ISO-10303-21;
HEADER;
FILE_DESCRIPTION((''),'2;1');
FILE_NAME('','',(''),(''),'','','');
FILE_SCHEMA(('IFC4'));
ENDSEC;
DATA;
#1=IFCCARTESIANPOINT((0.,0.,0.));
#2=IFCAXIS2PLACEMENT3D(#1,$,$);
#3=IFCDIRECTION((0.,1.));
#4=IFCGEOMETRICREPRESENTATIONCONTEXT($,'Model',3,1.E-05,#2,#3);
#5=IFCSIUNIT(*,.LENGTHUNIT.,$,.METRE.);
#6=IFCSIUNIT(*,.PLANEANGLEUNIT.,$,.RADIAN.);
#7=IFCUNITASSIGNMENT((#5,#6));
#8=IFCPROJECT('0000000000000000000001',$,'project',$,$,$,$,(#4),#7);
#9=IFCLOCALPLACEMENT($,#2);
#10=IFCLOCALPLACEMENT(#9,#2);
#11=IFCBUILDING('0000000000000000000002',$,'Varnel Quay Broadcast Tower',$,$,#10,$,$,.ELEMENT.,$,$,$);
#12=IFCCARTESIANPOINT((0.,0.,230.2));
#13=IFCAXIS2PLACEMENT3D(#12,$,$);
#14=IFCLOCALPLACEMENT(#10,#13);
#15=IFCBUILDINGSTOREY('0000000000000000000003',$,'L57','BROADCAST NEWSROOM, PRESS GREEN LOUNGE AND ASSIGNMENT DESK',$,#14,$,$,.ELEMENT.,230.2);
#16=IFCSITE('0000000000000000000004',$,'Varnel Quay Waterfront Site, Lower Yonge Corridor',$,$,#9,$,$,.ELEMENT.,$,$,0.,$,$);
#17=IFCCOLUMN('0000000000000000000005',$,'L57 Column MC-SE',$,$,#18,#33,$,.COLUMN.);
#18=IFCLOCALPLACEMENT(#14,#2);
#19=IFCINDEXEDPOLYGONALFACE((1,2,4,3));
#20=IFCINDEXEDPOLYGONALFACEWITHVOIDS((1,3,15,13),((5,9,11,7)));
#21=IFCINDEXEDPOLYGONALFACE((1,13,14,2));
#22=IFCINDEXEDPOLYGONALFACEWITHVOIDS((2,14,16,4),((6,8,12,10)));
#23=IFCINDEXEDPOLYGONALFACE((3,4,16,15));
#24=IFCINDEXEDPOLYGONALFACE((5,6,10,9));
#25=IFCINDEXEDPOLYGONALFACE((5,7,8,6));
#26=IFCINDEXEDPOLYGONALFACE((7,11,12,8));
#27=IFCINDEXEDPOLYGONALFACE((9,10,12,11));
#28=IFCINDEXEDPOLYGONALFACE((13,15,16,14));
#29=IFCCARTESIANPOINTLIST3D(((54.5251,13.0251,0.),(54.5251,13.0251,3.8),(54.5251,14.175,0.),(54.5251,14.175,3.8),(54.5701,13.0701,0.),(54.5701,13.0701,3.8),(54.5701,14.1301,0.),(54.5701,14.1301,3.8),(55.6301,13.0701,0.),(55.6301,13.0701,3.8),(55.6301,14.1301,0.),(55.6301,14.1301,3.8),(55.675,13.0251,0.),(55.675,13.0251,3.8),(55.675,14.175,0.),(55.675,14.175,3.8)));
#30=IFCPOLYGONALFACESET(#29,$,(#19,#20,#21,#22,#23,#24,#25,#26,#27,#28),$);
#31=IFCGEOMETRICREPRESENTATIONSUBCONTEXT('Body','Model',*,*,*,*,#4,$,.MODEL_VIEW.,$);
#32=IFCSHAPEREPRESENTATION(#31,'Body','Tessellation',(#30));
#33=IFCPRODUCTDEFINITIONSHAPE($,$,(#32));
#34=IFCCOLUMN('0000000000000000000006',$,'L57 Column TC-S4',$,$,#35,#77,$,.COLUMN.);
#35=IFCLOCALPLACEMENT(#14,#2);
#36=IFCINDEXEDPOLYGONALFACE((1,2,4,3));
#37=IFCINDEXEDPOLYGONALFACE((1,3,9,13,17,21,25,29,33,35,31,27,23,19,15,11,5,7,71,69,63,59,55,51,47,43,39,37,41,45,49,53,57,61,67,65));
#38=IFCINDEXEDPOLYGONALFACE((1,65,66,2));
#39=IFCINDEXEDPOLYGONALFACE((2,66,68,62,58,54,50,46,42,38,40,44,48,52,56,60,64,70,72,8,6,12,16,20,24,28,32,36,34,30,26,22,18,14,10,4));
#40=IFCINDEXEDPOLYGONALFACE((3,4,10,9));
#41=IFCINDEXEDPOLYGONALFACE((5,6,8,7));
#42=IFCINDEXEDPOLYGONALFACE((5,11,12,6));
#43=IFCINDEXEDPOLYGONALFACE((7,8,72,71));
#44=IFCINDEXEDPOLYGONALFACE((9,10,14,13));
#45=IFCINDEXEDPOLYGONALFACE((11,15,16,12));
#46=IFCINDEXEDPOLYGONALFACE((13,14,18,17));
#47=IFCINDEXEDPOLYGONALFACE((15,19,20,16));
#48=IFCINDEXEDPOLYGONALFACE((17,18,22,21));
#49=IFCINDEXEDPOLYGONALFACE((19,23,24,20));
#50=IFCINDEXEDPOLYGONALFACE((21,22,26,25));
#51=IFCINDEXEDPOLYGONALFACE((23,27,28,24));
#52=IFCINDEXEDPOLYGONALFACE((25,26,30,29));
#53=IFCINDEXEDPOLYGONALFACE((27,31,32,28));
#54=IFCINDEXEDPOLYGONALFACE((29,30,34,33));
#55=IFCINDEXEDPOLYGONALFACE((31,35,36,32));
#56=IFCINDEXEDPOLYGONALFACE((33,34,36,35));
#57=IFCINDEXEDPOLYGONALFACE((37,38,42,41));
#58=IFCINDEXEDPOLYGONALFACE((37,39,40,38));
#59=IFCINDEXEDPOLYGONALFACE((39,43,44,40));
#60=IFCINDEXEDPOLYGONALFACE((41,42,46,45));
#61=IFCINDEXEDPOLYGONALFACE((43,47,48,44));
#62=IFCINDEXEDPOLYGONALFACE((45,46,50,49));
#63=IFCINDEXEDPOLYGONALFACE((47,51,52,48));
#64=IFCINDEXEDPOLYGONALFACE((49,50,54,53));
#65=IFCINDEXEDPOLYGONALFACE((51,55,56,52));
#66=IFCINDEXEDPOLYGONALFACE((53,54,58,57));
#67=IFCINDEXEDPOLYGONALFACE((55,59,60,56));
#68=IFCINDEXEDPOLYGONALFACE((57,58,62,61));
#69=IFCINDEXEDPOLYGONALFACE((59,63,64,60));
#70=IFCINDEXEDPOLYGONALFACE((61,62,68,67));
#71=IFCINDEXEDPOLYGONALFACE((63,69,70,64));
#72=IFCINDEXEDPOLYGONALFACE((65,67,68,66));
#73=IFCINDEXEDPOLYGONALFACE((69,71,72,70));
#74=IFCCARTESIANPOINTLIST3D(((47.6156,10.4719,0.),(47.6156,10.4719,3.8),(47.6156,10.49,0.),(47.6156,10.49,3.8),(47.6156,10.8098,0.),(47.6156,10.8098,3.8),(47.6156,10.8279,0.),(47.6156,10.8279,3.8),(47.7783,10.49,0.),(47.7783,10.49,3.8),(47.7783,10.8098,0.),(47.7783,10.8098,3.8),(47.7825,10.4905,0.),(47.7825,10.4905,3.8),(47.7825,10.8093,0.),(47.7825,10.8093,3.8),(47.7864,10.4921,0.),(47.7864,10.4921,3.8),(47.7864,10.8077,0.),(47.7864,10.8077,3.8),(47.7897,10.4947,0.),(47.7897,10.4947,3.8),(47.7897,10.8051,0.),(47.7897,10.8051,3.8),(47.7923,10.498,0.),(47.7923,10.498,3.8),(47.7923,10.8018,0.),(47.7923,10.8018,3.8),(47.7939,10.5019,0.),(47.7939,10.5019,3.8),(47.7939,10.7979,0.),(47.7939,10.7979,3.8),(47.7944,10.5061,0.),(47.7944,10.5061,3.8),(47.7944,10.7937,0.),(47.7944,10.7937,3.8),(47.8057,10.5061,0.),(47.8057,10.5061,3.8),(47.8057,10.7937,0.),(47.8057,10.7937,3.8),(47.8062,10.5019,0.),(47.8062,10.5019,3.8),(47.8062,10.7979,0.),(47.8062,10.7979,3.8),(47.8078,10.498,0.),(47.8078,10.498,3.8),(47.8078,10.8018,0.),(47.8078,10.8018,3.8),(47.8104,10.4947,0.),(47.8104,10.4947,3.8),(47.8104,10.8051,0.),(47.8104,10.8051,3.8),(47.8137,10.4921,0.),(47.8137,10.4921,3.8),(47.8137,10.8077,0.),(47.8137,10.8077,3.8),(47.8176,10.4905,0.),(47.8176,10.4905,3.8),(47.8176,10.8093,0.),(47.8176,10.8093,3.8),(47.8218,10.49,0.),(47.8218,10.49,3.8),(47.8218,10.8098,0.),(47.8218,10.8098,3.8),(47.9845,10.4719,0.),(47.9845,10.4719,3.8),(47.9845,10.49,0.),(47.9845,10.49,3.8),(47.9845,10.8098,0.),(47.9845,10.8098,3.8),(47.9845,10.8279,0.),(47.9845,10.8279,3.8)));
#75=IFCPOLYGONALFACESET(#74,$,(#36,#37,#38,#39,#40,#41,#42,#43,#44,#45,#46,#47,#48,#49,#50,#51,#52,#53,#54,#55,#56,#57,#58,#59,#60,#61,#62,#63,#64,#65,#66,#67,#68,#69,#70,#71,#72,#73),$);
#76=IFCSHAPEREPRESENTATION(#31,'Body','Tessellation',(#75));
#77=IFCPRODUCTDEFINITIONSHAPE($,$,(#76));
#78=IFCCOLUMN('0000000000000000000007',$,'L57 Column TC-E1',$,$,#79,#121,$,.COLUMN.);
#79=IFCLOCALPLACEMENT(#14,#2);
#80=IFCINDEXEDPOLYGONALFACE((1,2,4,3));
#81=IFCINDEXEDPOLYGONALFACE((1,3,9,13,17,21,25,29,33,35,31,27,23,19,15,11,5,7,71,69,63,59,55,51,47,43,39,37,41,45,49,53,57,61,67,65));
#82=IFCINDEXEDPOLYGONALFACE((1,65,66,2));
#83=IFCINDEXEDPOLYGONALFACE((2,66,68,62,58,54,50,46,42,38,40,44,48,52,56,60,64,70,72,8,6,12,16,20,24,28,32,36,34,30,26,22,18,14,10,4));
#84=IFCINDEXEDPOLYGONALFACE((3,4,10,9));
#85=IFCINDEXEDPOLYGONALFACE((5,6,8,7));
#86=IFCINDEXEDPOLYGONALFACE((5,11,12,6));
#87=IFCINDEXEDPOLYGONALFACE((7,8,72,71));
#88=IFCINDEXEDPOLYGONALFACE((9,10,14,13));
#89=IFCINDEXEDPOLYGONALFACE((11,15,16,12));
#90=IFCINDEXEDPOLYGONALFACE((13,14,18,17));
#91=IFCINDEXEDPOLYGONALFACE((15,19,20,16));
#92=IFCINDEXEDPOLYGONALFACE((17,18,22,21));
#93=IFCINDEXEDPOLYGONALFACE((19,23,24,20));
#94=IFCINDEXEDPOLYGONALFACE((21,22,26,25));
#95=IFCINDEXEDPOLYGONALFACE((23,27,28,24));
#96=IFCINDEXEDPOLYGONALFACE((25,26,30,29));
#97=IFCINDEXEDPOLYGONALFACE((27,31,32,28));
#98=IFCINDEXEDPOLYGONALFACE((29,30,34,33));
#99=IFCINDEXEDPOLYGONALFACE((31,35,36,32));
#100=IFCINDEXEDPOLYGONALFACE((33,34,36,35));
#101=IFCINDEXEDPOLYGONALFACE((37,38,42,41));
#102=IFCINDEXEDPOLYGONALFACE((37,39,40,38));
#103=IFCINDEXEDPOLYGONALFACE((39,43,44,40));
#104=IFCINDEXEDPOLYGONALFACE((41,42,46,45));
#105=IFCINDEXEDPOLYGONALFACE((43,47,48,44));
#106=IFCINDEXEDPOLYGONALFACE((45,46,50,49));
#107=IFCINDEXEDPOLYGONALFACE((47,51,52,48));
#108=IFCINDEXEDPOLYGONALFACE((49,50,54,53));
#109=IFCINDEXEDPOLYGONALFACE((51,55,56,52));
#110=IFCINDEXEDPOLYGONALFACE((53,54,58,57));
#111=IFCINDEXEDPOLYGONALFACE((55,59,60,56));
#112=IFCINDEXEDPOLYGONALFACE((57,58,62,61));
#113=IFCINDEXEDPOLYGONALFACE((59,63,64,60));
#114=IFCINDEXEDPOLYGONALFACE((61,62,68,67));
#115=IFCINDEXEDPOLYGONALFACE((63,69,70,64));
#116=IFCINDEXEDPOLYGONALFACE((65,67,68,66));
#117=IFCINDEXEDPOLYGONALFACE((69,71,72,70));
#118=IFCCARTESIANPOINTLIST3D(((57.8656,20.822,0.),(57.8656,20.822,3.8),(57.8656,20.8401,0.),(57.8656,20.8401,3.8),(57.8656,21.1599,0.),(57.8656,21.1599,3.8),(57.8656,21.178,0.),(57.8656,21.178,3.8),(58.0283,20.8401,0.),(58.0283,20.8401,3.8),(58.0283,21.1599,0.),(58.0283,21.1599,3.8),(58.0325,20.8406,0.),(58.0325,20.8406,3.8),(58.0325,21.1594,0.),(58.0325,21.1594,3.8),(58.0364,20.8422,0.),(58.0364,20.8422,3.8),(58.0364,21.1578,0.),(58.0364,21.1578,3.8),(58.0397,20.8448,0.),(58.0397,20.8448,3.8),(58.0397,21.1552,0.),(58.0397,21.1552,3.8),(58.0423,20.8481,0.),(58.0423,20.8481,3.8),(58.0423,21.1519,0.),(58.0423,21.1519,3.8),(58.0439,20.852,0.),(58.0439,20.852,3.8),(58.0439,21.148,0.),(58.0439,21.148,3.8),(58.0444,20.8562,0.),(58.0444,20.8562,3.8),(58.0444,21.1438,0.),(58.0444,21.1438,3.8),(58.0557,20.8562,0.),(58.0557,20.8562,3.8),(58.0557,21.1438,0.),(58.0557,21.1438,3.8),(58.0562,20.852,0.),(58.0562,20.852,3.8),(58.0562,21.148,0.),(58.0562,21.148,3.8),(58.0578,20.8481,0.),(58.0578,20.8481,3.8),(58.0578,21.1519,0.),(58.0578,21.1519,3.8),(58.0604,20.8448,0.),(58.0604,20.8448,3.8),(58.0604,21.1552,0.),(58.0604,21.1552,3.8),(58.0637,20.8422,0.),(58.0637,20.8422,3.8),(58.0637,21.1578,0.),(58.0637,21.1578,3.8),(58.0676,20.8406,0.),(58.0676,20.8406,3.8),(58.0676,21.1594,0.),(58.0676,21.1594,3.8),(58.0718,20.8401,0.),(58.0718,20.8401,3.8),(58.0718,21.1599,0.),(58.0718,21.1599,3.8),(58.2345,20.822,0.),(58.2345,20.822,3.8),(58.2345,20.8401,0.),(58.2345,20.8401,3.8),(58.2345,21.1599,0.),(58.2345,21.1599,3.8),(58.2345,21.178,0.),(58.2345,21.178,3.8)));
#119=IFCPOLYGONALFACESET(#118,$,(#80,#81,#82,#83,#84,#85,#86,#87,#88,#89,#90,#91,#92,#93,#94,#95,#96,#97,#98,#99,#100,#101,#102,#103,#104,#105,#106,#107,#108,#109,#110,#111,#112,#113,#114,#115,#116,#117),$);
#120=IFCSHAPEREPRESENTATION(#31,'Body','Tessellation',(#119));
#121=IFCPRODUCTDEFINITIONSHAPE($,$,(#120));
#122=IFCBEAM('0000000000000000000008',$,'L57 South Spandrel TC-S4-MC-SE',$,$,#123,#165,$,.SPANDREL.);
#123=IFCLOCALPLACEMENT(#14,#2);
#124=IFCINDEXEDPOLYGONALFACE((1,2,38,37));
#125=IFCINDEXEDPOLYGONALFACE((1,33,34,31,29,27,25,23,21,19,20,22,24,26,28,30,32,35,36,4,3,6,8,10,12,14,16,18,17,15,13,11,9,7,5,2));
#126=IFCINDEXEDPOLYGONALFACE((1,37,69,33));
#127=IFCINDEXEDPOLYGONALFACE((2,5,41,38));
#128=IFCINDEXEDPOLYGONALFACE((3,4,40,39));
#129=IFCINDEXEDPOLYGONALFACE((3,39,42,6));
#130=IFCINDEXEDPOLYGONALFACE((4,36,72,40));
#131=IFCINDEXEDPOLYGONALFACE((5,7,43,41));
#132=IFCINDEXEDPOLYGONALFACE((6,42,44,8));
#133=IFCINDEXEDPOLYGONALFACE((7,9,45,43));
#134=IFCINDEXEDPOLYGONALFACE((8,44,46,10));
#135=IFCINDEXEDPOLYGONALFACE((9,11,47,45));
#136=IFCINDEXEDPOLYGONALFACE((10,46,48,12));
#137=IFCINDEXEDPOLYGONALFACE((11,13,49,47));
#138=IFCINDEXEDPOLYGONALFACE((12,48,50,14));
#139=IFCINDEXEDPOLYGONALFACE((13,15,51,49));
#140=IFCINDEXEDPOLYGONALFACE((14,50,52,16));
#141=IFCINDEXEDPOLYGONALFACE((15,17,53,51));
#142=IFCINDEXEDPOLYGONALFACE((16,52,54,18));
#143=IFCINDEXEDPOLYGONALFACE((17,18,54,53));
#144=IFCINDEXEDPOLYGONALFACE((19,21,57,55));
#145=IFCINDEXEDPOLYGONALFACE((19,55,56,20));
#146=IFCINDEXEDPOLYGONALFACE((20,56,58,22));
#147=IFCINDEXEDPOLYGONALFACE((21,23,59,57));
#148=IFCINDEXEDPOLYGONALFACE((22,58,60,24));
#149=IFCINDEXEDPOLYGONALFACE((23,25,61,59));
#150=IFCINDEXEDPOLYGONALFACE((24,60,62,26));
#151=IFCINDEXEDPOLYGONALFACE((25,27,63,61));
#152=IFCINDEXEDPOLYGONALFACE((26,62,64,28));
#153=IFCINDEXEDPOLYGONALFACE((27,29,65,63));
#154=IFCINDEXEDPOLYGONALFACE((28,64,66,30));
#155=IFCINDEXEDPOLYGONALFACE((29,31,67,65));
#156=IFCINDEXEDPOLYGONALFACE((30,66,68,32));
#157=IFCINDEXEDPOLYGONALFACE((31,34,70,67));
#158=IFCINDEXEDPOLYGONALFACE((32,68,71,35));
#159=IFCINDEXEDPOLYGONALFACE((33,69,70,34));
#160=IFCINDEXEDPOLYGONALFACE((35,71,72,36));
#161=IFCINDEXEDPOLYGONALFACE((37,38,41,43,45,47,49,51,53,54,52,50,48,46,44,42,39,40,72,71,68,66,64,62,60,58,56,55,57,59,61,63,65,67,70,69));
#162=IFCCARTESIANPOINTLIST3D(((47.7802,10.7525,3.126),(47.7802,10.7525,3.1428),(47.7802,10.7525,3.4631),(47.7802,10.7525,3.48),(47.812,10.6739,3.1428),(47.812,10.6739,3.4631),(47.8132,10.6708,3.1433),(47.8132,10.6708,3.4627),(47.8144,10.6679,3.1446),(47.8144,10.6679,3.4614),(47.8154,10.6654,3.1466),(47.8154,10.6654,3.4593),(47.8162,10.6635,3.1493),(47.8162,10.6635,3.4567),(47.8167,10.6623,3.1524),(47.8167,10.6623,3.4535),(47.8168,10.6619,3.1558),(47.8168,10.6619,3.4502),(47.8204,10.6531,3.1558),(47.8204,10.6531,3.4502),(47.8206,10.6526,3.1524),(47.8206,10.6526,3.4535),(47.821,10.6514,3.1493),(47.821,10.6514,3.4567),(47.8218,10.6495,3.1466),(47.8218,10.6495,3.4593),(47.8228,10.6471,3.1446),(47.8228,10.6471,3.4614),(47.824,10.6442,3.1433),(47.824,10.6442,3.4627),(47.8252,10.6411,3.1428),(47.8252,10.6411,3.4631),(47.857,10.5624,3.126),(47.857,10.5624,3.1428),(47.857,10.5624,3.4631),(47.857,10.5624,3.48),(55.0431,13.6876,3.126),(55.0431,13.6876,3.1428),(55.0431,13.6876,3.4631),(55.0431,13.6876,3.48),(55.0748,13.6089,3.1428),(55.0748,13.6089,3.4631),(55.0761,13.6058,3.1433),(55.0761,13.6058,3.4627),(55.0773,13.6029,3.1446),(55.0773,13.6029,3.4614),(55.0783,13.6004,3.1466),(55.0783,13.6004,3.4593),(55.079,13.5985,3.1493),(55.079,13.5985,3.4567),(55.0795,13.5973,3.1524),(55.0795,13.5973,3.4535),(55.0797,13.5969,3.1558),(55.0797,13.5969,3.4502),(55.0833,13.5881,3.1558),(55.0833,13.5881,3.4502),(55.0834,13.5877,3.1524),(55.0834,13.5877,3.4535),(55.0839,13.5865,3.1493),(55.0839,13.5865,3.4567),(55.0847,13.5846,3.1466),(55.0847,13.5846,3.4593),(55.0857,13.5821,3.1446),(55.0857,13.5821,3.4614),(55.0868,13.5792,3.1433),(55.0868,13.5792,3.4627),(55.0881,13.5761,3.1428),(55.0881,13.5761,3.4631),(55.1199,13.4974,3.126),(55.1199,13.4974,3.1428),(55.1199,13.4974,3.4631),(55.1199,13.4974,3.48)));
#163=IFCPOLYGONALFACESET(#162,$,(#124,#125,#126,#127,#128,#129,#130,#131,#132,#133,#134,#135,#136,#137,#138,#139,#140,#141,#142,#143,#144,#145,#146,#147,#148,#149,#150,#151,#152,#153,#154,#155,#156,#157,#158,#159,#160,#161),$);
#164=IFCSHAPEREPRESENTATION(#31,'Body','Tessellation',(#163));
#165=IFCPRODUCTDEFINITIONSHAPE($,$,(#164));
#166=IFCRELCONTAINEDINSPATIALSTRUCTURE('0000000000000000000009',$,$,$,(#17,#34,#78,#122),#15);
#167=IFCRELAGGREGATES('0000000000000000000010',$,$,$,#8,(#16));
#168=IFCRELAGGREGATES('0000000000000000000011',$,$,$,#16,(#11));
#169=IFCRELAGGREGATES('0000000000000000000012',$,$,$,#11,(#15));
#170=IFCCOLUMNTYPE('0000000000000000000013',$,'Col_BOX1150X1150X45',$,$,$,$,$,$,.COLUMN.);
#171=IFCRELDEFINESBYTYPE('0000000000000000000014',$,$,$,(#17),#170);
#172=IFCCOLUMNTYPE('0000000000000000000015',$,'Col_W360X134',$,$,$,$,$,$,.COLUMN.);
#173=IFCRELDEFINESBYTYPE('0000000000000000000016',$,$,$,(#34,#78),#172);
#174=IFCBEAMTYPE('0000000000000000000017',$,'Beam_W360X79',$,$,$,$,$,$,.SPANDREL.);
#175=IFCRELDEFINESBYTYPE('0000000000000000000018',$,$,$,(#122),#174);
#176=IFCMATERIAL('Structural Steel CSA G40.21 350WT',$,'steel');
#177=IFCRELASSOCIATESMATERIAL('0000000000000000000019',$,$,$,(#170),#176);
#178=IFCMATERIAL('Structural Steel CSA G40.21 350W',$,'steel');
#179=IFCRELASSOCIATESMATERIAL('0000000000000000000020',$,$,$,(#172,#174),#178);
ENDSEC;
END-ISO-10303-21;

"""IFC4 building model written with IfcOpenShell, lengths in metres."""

from ifc_helpers import new_model, si_unit, direction, frame, origin, origin_2d, place, context, subcontext, project, spatial, hollow_rectangle, i_section, extrude, source, transform, mapped, material, material_profile, profile_set, type_object, type_shapes, element, save


model = new_model("IFC4")

# Units and contexts
model_context = context("Model", 3, precision=1e-05, world=origin(), true_north=direction((0.0, 1.0)))
body_context = subcontext(model_context, "Body", "Model", "MODEL_VIEW")
ifc_project = project(units=[si_unit("LENGTHUNIT", "METRE"), si_unit("PLANEANGLEUNIT", "RADIAN")], contexts=[model_context])

# Site, building, storey
site_placement = place(None, origin())
site = spatial("IfcSite", under=ifc_project, at=site_placement, Name="Varnel Quay Waterfront Site, Lower Yonge Corridor", CompositionType="ELEMENT", RefElevation=0.0)
building_placement = place(site_placement, origin())
building = spatial("IfcBuilding", under=site, at=building_placement, Name="Varnel Quay Broadcast Tower", CompositionType="ELEMENT")
storey_placement = place(building_placement, frame((0.0, 0.0, 230.2)))
storey = spatial("IfcBuildingStorey", under=building, at=storey_placement, Name="L57", Description="BROADCAST NEWSROOM, PRESS GREEN LOUNGE AND ASSIGNMENT DESK", CompositionType="ELEMENT", Elevation=230.2)

# Columns
ifc_material_1 = material(Name="Structural Steel CSA G40.21 350WT", Category="steel")
ifc_material_profile_1 = material_profile(ifc_material_1, hollow_rectangle(XDim=1.1499, YDim=1.1499, WallThickness=0.0449, at=origin_2d()), Name="BOX1150X1150X45")
ifc_profile_set_1 = profile_set([ifc_material_profile_1], Name="Structural Steel CSA G40.21 350WT")
column_type_1 = type_object("IfcColumnType", Name="Col_BOX1150X1150X45", PredefinedType="COLUMN", material=ifc_profile_set_1)
shared_shape_1 = source(origin(), body_context, "Body", "SweptSolid", [
    extrude(hollow_rectangle(XDim=1.1499, YDim=1.1499, WallThickness=0.0449, at=origin_2d()), origin(), (0.0, 0.0, 1.0), 3.8),
])
type_shapes(column_type_1, [shared_shape_1])
column_placement = place(storey_placement, frame((55.1001, 13.6001, 0.0), z_axis=(0.0, 0.0, 1.0), x_axis=(1.0, 0.0, 0.0)))
element("IfcColumn", 1, at=column_placement, inside=storey, type_object=column_type_1, Name="L57 Column MC-SE", PredefinedType="COLUMN", context=body_context, shape_type="MappedRepresentation", body=[
    mapped(shared_shape_1, transform((0.0, 0.0, 0.0), x_axis=(1.0, 0.0, 0.0), y_axis=(0.0, 1.0, 0.0), z_axis=(0.0, 0.0, 1.0), scale=1.0)),
])
ifc_material_2 = material(Name="Structural Steel CSA G40.21 350W", Category="steel")
ifc_material_profile_2 = material_profile(ifc_material_2, i_section(OverallWidth=0.3689, OverallDepth=0.356, WebThickness=0.0112, FlangeThickness=0.0181, FilletRadius=0.0161, at=origin_2d()), Name="W360X134")
ifc_profile_set_2 = profile_set([ifc_material_profile_2], Name="Structural Steel CSA G40.21 350W")
column_type_2 = type_object("IfcColumnType", Name="Col_W360X134", PredefinedType="COLUMN", material=ifc_profile_set_2)
shared_shape_2 = source(origin(), body_context, "Body", "SweptSolid", [
    extrude(i_section(OverallWidth=0.3689, OverallDepth=0.356, WebThickness=0.0112, FlangeThickness=0.0181, FilletRadius=0.0161, at=origin_2d()), origin(), (0.0, 0.0, 1.0), 3.8),
])
type_shapes(column_type_2, [shared_shape_2])
for number, where, z_axis, x_axis, name in (
    (2, (47.8, 10.6499, 0.0), (0.0, 0.0, 1.0), (1.0, 0.0, 0.0), "L57 Column TC-S4"),
    (3, (58.05, 21.0, 0.0), (0.0, 0.0, 1.0), (1.0, 0.0, 0.0), "L57 Column TC-E1"),
):
    element("IfcColumn", number, at=place(storey_placement, frame(where, z_axis=z_axis, x_axis=x_axis)), inside=storey, type_object=column_type_2, Name=name, PredefinedType="COLUMN", context=body_context, shape_type="MappedRepresentation", body=[
        mapped(shared_shape_2, transform((0.0, 0.0, 0.0), x_axis=(1.0, 0.0, 0.0), y_axis=(0.0, 1.0, 0.0), z_axis=(0.0, 0.0, 1.0), scale=1.0)),
    ])

# Beam
ifc_material_profile_3 = material_profile(ifc_material_2, i_section(OverallWidth=0.2051, OverallDepth=0.354, WebThickness=0.0095, FlangeThickness=0.0168, FilletRadius=0.0129, at=origin_2d()), Name="W360X79")
ifc_profile_set_3 = profile_set([ifc_material_profile_3], Name="Structural Steel CSA G40.21 350W")
beam_type_1 = type_object("IfcBeamType", Name="Beam_W360X79", PredefinedType="SPANDREL", material=ifc_profile_set_3)
shared_shape_3 = source(origin(), body_context, "Body", "SweptSolid", [
    extrude(i_section(OverallWidth=0.2051, OverallDepth=0.354, WebThickness=0.0095, FlangeThickness=0.0168, FilletRadius=0.0129, at=origin_2d()), origin(), (0.0, 0.0, 1.0), 7.8335),
])
beam_1_placement = place(storey_placement, frame((47.8186, 10.6575, 3.303), z_axis=(0.927155, 0.374677, 0.0), x_axis=(-0.374677, 0.927155, 0.0)))
element("IfcBeam", 4, at=beam_1_placement, inside=storey, type_object=beam_type_1, Name="L57 South Spandrel TC-S4-MC-SE", PredefinedType="SPANDREL", context=body_context, shape_type="MappedRepresentation", body=[
    mapped(shared_shape_3, transform((0.0, 0.0, 0.0), x_axis=(1.0, 0.0, 0.0), y_axis=(0.0, 1.0, 0.0), z_axis=(0.0, 0.0, 1.0), scale=1.0)),
])

save(model, "model.ifc")
